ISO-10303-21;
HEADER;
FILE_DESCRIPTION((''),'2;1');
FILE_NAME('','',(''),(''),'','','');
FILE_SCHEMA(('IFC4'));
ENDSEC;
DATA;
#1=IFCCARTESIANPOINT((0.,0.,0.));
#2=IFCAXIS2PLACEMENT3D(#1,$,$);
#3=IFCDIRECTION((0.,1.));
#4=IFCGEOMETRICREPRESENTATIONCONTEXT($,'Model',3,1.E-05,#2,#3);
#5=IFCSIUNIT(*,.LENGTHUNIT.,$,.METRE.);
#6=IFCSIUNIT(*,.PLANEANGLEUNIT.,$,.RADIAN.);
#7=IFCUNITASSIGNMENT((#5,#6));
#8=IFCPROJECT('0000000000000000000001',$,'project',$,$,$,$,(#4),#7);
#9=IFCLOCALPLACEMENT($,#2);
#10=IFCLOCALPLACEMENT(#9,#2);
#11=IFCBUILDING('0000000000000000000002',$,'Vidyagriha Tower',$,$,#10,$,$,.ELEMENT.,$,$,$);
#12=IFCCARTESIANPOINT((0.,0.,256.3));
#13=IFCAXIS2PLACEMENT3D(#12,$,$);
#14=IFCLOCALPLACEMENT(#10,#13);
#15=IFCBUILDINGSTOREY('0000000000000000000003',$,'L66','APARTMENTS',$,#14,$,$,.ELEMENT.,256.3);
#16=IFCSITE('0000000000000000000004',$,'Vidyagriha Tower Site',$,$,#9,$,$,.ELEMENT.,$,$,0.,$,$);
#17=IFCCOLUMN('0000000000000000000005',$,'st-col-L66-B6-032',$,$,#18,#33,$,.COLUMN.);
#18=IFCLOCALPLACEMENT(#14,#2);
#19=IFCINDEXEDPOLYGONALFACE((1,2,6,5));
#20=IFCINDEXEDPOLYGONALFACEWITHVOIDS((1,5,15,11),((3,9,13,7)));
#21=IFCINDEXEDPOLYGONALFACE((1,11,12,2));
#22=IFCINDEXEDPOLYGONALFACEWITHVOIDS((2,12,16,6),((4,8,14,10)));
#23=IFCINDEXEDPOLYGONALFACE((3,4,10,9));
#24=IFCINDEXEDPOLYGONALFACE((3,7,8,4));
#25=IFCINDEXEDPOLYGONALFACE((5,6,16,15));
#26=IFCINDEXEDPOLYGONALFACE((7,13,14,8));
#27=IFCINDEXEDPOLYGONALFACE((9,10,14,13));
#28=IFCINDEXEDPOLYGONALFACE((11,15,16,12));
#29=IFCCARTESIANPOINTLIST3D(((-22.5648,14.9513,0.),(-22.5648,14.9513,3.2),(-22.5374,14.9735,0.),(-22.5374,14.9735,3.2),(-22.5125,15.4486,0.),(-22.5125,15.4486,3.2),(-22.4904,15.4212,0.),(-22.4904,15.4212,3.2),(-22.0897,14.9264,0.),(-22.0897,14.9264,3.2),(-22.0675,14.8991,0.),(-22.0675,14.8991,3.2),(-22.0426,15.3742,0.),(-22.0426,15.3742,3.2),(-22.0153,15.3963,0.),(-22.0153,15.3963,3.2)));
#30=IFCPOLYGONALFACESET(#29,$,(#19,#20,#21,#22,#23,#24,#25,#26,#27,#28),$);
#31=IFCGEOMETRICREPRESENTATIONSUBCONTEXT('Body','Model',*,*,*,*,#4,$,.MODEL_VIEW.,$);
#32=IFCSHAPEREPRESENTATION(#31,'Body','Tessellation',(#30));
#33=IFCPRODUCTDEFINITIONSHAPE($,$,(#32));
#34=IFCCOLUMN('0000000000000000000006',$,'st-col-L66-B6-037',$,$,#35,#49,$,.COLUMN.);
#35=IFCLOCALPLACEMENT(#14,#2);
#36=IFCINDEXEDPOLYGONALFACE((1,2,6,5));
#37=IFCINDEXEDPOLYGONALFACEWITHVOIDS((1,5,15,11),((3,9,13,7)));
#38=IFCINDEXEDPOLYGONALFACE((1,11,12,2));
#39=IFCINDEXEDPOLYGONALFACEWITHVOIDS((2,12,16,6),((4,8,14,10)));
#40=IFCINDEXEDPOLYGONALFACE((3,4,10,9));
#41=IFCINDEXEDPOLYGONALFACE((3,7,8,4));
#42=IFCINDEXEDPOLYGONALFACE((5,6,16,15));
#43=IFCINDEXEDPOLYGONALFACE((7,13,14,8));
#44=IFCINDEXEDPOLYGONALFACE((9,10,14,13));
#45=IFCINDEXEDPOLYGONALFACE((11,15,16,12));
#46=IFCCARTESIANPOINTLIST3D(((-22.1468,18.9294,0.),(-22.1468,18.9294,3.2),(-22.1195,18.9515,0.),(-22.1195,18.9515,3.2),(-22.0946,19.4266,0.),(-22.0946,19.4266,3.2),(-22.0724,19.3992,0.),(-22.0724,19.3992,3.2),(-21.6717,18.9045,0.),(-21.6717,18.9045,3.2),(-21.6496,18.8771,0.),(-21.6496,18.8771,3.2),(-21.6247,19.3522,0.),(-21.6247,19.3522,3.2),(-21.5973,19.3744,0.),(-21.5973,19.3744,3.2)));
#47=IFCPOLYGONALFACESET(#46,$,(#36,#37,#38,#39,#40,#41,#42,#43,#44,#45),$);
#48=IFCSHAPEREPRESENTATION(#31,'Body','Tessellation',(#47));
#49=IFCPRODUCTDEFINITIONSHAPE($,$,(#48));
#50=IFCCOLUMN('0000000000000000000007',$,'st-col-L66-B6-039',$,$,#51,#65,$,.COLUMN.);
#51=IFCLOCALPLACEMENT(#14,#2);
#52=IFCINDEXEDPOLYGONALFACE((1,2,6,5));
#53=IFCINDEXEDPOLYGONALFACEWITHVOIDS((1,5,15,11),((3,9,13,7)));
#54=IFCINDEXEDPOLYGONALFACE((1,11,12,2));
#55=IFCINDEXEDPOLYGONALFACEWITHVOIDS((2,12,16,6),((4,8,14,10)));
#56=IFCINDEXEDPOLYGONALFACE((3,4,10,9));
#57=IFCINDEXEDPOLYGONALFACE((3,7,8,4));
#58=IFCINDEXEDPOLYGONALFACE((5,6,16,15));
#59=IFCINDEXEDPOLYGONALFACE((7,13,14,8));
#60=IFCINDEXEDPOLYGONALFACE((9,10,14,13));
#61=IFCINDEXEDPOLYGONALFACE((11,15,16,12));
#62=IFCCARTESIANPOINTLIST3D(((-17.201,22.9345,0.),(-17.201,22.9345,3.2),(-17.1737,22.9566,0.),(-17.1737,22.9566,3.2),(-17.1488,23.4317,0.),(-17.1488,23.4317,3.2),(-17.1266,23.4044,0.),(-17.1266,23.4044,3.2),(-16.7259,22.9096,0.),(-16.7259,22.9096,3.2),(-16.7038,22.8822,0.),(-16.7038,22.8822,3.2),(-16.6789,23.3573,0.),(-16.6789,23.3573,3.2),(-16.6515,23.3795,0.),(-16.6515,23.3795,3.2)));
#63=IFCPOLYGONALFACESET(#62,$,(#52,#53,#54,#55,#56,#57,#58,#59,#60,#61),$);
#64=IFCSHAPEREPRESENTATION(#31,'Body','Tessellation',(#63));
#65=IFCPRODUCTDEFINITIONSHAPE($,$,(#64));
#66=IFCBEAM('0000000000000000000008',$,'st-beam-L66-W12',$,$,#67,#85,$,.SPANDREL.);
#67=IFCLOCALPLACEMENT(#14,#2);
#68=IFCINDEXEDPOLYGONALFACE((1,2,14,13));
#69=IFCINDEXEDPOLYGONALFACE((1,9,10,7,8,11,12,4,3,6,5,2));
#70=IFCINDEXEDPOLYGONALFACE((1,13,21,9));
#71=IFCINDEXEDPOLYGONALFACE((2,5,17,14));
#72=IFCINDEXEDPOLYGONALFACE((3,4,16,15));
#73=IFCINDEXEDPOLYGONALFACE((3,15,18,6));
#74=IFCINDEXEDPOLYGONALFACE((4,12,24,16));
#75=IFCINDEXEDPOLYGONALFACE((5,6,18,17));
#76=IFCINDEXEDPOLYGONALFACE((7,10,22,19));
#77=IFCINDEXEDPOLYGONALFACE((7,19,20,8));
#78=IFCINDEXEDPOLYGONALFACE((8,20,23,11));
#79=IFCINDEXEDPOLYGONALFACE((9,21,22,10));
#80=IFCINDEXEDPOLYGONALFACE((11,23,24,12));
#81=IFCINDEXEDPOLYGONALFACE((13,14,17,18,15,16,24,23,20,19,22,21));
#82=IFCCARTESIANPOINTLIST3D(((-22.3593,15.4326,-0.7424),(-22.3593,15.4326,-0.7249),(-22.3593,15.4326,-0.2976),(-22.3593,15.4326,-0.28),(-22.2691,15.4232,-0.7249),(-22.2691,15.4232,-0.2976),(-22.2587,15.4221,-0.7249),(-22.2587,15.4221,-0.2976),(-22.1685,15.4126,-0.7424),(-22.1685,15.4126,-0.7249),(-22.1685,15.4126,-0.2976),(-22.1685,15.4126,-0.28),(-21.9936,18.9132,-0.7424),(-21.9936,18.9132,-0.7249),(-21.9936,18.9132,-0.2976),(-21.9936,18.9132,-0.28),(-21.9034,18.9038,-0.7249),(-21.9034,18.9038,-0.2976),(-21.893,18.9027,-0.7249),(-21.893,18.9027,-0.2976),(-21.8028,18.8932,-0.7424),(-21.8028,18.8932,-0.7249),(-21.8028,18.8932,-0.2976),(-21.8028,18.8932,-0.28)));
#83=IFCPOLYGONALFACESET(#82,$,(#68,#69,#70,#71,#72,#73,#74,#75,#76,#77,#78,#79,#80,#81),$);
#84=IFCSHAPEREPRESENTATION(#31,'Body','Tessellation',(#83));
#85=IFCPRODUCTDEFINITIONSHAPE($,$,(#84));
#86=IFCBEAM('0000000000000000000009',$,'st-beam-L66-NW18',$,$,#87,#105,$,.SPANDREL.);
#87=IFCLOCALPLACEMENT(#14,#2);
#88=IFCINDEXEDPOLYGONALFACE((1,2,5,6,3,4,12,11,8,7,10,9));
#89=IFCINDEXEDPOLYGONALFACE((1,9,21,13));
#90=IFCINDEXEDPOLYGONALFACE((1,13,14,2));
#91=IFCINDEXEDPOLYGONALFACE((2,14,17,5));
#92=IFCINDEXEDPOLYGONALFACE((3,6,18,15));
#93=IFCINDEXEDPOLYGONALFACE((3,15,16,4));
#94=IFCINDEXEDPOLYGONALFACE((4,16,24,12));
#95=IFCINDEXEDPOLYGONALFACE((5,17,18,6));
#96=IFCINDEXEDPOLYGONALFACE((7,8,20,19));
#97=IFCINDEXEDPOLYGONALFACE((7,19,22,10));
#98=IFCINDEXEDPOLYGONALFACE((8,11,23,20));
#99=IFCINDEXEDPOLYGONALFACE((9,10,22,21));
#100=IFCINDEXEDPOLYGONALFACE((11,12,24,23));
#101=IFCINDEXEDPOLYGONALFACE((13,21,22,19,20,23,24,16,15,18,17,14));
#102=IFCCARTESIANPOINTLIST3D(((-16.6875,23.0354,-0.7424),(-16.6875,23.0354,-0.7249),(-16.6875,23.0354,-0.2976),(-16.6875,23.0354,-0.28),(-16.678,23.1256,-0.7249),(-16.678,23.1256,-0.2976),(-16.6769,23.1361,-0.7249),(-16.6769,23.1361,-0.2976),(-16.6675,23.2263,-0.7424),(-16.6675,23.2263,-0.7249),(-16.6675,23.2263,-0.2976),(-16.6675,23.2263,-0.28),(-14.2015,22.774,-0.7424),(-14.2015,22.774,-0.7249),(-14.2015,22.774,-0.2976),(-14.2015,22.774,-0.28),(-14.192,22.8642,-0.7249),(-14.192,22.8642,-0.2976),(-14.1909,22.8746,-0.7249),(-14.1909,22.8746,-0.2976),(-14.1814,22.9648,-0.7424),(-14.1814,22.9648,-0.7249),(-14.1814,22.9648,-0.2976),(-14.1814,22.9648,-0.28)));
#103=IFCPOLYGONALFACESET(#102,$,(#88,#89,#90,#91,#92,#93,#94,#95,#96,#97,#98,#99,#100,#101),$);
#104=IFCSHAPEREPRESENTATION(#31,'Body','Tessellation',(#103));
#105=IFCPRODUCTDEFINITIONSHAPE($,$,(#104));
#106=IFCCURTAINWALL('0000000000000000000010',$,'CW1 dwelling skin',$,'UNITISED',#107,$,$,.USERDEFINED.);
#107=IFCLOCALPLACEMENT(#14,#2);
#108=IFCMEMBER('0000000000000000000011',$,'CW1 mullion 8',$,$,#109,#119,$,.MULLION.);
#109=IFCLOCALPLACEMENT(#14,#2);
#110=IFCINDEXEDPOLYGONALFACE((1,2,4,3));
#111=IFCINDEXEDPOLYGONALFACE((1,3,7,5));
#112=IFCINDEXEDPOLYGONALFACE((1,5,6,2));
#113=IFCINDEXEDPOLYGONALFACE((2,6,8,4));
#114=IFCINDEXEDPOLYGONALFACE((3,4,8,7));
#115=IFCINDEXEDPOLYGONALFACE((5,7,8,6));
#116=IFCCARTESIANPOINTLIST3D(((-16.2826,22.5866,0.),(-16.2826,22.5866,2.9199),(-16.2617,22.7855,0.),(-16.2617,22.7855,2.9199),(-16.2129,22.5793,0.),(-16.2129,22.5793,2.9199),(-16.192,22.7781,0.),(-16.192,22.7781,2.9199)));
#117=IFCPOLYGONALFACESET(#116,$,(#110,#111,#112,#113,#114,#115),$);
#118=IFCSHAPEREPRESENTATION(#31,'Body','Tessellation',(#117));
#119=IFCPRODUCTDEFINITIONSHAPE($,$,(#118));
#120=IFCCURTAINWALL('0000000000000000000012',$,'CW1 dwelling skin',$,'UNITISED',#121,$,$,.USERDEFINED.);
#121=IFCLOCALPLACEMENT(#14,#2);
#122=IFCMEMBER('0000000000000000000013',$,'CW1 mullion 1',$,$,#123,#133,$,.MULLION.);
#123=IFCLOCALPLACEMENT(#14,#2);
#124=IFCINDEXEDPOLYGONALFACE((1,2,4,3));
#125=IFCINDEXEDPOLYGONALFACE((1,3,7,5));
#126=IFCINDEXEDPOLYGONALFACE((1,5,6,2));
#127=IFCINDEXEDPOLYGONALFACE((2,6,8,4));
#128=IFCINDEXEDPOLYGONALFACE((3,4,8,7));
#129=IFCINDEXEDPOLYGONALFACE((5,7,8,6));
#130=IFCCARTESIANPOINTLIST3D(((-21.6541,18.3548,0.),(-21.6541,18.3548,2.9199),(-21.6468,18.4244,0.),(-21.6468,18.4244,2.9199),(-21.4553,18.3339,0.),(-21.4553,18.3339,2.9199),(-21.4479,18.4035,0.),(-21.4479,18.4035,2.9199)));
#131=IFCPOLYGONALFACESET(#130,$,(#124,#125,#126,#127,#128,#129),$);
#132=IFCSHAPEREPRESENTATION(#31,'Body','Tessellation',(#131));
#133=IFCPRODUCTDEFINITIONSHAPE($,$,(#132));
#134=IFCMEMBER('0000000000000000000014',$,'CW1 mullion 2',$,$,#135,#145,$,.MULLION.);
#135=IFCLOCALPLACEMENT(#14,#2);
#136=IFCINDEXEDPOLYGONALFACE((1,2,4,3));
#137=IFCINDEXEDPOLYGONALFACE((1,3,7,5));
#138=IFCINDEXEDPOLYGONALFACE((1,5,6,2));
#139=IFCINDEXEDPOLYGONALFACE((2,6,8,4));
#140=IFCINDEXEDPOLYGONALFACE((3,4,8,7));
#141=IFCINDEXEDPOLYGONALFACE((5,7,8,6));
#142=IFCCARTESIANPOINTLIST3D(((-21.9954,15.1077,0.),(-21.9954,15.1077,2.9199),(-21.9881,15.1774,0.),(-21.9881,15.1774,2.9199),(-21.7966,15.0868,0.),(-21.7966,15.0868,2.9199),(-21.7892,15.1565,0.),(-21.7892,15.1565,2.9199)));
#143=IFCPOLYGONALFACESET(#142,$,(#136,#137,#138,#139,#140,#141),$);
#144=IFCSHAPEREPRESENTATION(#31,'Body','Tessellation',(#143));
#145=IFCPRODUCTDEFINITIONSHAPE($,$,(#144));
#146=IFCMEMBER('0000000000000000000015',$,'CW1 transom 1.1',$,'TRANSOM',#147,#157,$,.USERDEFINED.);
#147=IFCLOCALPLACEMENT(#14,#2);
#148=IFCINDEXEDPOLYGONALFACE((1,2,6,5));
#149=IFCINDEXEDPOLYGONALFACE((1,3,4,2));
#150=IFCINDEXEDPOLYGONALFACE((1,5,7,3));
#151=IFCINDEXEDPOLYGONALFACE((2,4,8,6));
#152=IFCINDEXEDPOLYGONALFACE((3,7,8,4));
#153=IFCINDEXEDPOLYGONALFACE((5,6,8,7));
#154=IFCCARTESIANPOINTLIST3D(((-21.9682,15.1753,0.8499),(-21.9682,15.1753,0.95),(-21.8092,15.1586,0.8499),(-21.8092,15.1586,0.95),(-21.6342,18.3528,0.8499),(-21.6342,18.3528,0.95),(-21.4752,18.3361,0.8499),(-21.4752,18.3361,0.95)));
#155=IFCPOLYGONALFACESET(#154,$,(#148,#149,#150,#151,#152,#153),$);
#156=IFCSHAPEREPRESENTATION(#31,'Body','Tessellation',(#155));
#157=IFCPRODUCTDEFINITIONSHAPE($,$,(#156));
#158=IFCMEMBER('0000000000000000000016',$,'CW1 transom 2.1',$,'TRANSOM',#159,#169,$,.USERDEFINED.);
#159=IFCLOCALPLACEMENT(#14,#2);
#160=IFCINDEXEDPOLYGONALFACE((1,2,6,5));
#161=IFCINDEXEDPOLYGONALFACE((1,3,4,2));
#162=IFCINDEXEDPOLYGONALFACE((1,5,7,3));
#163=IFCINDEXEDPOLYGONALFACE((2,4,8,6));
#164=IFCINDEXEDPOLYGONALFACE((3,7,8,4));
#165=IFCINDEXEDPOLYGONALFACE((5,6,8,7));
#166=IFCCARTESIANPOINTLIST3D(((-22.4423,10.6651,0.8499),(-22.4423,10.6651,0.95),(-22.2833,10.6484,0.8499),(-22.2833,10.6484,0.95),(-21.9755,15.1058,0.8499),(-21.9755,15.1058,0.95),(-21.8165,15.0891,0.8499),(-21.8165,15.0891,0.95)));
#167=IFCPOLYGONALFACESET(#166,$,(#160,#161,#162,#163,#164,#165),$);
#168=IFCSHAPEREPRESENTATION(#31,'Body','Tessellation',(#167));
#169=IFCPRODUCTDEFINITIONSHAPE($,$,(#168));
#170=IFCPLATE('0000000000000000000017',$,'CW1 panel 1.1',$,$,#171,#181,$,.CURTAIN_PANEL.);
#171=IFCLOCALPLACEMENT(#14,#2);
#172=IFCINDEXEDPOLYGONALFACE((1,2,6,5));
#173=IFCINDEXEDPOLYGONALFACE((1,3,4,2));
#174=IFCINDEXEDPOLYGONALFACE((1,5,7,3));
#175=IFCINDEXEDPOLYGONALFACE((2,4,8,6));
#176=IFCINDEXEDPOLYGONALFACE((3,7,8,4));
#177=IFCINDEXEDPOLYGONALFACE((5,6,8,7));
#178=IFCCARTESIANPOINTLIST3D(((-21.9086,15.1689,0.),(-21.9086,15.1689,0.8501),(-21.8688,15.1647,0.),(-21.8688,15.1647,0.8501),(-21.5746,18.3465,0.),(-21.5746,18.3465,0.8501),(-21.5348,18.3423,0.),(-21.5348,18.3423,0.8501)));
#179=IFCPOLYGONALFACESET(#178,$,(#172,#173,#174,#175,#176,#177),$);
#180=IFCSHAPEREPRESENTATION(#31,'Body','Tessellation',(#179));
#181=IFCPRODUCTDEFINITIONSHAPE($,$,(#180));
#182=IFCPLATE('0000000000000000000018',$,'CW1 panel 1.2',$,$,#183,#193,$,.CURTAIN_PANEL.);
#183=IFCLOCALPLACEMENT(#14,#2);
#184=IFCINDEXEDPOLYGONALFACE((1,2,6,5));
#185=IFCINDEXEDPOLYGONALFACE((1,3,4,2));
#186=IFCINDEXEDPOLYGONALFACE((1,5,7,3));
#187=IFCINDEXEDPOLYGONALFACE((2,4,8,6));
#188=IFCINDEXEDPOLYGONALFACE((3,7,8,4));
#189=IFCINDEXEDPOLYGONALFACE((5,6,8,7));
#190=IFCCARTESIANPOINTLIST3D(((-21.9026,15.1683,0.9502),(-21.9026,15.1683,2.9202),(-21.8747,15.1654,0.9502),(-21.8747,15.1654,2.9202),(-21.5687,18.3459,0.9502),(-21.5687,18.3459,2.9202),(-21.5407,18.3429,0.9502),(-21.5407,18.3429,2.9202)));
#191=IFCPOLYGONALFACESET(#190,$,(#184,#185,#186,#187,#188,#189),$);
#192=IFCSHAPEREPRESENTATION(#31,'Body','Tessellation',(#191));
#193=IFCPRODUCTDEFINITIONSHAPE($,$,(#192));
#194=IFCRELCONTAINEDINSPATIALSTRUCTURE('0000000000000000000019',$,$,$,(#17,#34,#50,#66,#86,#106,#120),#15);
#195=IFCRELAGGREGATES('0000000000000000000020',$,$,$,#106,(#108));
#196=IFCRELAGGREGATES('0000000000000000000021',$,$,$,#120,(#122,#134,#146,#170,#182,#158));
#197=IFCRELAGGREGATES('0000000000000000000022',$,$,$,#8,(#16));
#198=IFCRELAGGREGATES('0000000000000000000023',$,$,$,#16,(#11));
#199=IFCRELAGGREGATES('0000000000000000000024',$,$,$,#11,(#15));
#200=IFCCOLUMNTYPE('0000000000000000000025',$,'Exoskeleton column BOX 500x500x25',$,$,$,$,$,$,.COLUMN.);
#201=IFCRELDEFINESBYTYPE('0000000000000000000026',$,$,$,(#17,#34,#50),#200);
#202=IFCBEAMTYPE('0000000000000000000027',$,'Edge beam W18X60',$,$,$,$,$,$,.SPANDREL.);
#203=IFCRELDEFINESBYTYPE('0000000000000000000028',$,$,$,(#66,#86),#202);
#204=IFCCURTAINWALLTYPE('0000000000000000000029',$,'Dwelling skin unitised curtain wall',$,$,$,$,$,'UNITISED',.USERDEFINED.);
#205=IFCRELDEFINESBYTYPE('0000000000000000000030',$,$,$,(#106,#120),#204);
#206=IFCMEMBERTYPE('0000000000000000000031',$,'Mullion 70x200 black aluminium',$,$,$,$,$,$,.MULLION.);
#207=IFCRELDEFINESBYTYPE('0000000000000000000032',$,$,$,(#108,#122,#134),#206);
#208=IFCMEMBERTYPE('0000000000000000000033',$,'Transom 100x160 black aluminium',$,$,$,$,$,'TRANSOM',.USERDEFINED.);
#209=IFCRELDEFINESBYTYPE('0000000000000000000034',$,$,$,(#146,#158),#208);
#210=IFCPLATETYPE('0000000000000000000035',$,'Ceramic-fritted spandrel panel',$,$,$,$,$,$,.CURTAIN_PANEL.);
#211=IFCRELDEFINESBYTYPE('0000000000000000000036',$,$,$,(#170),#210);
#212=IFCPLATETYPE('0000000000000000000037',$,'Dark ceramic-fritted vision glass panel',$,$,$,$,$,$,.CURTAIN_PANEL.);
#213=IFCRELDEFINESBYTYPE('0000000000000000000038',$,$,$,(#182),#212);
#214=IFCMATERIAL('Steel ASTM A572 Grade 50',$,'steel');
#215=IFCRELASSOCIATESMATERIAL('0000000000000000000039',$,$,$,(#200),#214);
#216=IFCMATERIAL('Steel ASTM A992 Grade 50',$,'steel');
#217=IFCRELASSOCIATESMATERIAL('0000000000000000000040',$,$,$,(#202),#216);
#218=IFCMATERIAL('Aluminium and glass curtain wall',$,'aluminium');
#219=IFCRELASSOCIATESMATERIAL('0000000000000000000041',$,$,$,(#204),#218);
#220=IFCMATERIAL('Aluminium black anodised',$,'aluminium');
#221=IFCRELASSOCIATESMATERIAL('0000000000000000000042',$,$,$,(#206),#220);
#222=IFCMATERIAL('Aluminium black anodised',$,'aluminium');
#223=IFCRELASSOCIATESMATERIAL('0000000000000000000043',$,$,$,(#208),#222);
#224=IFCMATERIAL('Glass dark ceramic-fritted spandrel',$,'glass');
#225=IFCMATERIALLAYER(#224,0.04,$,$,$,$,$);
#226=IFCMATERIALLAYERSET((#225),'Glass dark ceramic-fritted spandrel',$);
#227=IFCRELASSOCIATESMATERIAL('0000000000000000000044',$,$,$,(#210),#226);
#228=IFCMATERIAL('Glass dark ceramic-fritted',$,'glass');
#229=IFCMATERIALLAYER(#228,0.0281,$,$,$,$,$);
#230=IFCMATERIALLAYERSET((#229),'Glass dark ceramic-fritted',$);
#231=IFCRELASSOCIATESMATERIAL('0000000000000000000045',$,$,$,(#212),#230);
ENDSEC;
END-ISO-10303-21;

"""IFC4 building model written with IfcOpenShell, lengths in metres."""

from ifc_helpers import new_model, si_unit, direction, frame, origin, origin_2d, place, context, subcontext, project, spatial, rectangle, hollow_rectangle, i_section, extrude, material, layer, layer_set, material_profile, profile_set, type_object, element, aggregate, save


model = new_model("IFC4")

# Units and contexts
model_context = context("Model", 3, precision=1e-05, world=origin(), true_north=direction((0.0, 1.0)))
body_context = subcontext(model_context, "Body", "Model", "MODEL_VIEW")
ifc_project = project(units=[si_unit("LENGTHUNIT", "METRE"), si_unit("PLANEANGLEUNIT", "RADIAN")], contexts=[model_context])

# Site, building, storey
site_placement = place(None, origin())
site = spatial("IfcSite", under=ifc_project, at=site_placement, Name="Vidyagriha Tower Site", CompositionType="ELEMENT", RefElevation=0.0)
building_placement = place(site_placement, origin())
building = spatial("IfcBuilding", under=site, at=building_placement, Name="Vidyagriha Tower", CompositionType="ELEMENT")
storey_placement = place(building_placement, frame((0.0, 0.0, 256.3)))
storey = spatial("IfcBuildingStorey", under=building, at=storey_placement, Name="L66", Description="APARTMENTS", CompositionType="ELEMENT", Elevation=256.3)

# Columns
ifc_material_1 = material(Name="Steel ASTM A572 Grade 50", Category="steel")
ifc_material_profile_1 = material_profile(ifc_material_1, hollow_rectangle(XDim=0.5, YDim=0.5, WallThickness=0.0249, at=origin_2d()), Name="BOX 500x500x25")
ifc_profile_set_1 = profile_set([ifc_material_profile_1], Name="Steel ASTM A572 Grade 50")
column_type = type_object("IfcColumnType", Name="Exoskeleton column BOX 500x500x25", PredefinedType="COLUMN", material=ifc_profile_set_1)
for number, where, z_axis, x_axis, name in (
    (1, (-22.29, 15.1738, 0.0), (0.0, 0.0, 1.0), (0.994522, -0.104528, 0.0), "st-col-L66-B6-032"),
    (2, (-21.8721, 19.1519, 0.0), (0.0, 0.0, 1.0), (0.994522, -0.104528, 0.0), "st-col-L66-B6-037"),
    (3, (-16.9263, 23.157, 0.0), (0.0, 0.0, 1.0), (0.994522, -0.104528, 0.0), "st-col-L66-B6-039"),
):
    element("IfcColumn", number, at=place(storey_placement, frame(where, z_axis=z_axis, x_axis=x_axis)), inside=storey, type_object=column_type, Name=name, PredefinedType="COLUMN", context=body_context, shape_type="SweptSolid", body=[
        extrude(hollow_rectangle(XDim=0.5, YDim=0.5, WallThickness=0.0249, at=origin_2d()), origin(), (0.0, 0.0, 1.0), 3.2),
    ])

# Beams
ifc_material_2 = material(Name="Steel ASTM A992 Grade 50", Category="steel")
ifc_material_profile_2 = material_profile(ifc_material_2, i_section(OverallWidth=0.1919, OverallDepth=0.4624, WebThickness=0.0105, FlangeThickness=0.0176, at=origin_2d()), Name="W18X60")
ifc_profile_set_2 = profile_set([ifc_material_profile_2], Name="Steel ASTM A992 Grade 50")
beam_type = type_object("IfcBeamType", Name="Edge beam W18X60", PredefinedType="SPANDREL", material=ifc_profile_set_2)
beam_1_placement = place(storey_placement, frame((-22.2639, 15.4226, -0.5112), z_axis=(0.104496, 0.994525, 0.0), x_axis=(-0.994525, 0.104496, 0.0)))
element("IfcBeam", 4, at=beam_1_placement, inside=storey, type_object=beam_type, Name="st-beam-L66-W12", PredefinedType="SPANDREL", context=body_context, shape_type="SweptSolid", body=[
    extrude(i_section(OverallWidth=0.1919, OverallDepth=0.4624, WebThickness=0.0105, FlangeThickness=0.0176, at=origin_2d()), origin(), (0.0, 0.0, 1.0), 3.4998),
])
beam_2_placement = place(storey_placement, frame((-16.6775, 23.1309, -0.5112), z_axis=(0.994515, -0.104598, 0.0), x_axis=(0.104598, 0.994515, 0.0)))
element("IfcBeam", 5, at=beam_2_placement, inside=storey, type_object=beam_type, Name="st-beam-L66-NW18", PredefinedType="SPANDREL", context=body_context, shape_type="SweptSolid", body=[
    extrude(i_section(OverallWidth=0.1919, OverallDepth=0.4624, WebThickness=0.0105, FlangeThickness=0.0176, at=origin_2d()), origin(), (0.0, 0.0, 1.0), 2.4998),
])

# Curtain wall, member
ifc_material_3 = material(Name="Aluminium and glass curtain wall", Category="aluminium")
curtain_wall_type = type_object("IfcCurtainWallType", Name="Dwelling skin unitised curtain wall", ElementType="UNITISED", PredefinedType="USERDEFINED", material=ifc_material_3)
curtain_wall_1_placement = place(storey_placement, origin())
curtain_wall_1 = element("IfcCurtainWall", 6, at=curtain_wall_1_placement, inside=storey, type_object=curtain_wall_type, Name="CW1 dwelling skin", ObjectType="UNITISED", PredefinedType="USERDEFINED")
ifc_material_4 = material(Name="Aluminium black anodised", Category="aluminium")
ifc_material_profile_3 = material_profile(ifc_material_4, rectangle(XDim=0.2, YDim=0.0701, at=origin_2d()), Name="Mullion 70x200 black aluminium")
ifc_profile_set_3 = profile_set([ifc_material_profile_3], Name="Aluminium black anodised")
member_type_1 = type_object("IfcMemberType", Name="Mullion 70x200 black aluminium", PredefinedType="MULLION", material=ifc_profile_set_3)
member_1_placement = place(storey_placement, frame((-16.2373, 22.6824, 0.0), z_axis=(0.0, 0.0, 1.0), x_axis=(-0.104529, -0.994522, 0.0)))
member_1 = element("IfcMember", 7, at=member_1_placement, type_object=member_type_1, Name="CW1 mullion 8", PredefinedType="MULLION", context=body_context, shape_type="SweptSolid", body=[
    extrude(rectangle(XDim=0.2, YDim=0.0701, at=origin_2d()), origin(), (0.0, 0.0, 1.0), 2.9199),
])
aggregate(curtain_wall_1, [member_1])

# Curtain wall, members, plates
curtain_wall_2_placement = place(storey_placement, origin())
curtain_wall_2 = element("IfcCurtainWall", 8, at=curtain_wall_2_placement, inside=storey, type_object=curtain_wall_type, Name="CW1 dwelling skin", ObjectType="UNITISED", PredefinedType="USERDEFINED")
member_2_placement = place(storey_placement, frame((-21.551, 18.3792, 0.0), z_axis=(0.0, 0.0, 1.0), x_axis=(0.994522, -0.104525, 0.0)))
member_2 = element("IfcMember", 9, at=member_2_placement, type_object=member_type_1, Name="CW1 mullion 1", PredefinedType="MULLION", context=body_context, shape_type="SweptSolid", body=[
    extrude(rectangle(XDim=0.2, YDim=0.0701, at=origin_2d()), origin(), (0.0, 0.0, 1.0), 2.9199),
])
member_3_placement = place(storey_placement, frame((-21.8923, 15.1321, 0.0), z_axis=(0.0, 0.0, 1.0), x_axis=(0.994522, -0.104525, 0.0)))
member_3 = element("IfcMember", 10, at=member_3_placement, type_object=member_type_1, Name="CW1 mullion 2", PredefinedType="MULLION", context=body_context, shape_type="SweptSolid", body=[
    extrude(rectangle(XDim=0.2, YDim=0.0701, at=origin_2d()), origin(), (0.0, 0.0, 1.0), 2.9199),
])
ifc_material_5 = material(Name="Aluminium black anodised", Category="aluminium")
ifc_material_profile_4 = material_profile(ifc_material_5, rectangle(XDim=0.1599, YDim=0.1001, at=origin_2d()), Name="Transom 100x160 black aluminium")
ifc_profile_set_4 = profile_set([ifc_material_profile_4], Name="Aluminium black anodised")
member_type_2 = type_object("IfcMemberType", Name="Transom 100x160 black aluminium", ElementType="TRANSOM", PredefinedType="USERDEFINED", material=ifc_profile_set_4)
member_4_placement = place(storey_placement, frame((-21.5547, 18.3445, 0.8999), z_axis=(-0.104534, -0.994521, 0.0), x_axis=(0.994521, -0.104534, 0.0)))
member_4 = element("IfcMember", 11, at=member_4_placement, type_object=member_type_2, Name="CW1 transom 1.1", ObjectType="TRANSOM", PredefinedType="USERDEFINED", context=body_context, shape_type="SweptSolid", body=[
    extrude(rectangle(XDim=0.1599, YDim=0.1001, at=origin_2d()), origin(), (0.0, 0.0, 1.0), 3.1951),
])
member_5_placement = place(storey_placement, frame((-21.896, 15.0974, 0.8999), z_axis=(-0.104542, -0.99452, 0.0), x_axis=(0.99452, -0.104542, 0.0)))
member_5 = element("IfcMember", 12, at=member_5_placement, type_object=member_type_2, Name="CW1 transom 2.1", ObjectType="TRANSOM", PredefinedType="USERDEFINED", context=body_context, shape_type="SweptSolid", body=[
    extrude(rectangle(XDim=0.1599, YDim=0.1001, at=origin_2d()), origin(), (0.0, 0.0, 1.0), 4.4651),
])
ifc_material_6 = material(Name="Glass dark ceramic-fritted spandrel", Category="glass")
ifc_layer_1 = layer(ifc_material_6, 0.04)
ifc_layer_set_1 = layer_set([ifc_layer_1], Name="Glass dark ceramic-fritted spandrel")
plate_type_1 = type_object("IfcPlateType", Name="Ceramic-fritted spandrel panel", PredefinedType="CURTAIN_PANEL", material=ifc_layer_set_1)
plate_1_placement = place(storey_placement, frame((-21.7217, 16.7556, 0.0), z_axis=(0.0, 0.0, 1.0), x_axis=(-0.104525, -0.994522, 0.0)))
plate_1 = element("IfcPlate", 13, at=plate_1_placement, type_object=plate_type_1, Name="CW1 panel 1.1", PredefinedType="CURTAIN_PANEL", context=body_context, shape_type="SweptSolid", body=[
    extrude(rectangle(XDim=3.1951, YDim=0.04, at=origin_2d()), origin(), (0.0, 0.0, 1.0), 0.8501),
])
ifc_material_7 = material(Name="Glass dark ceramic-fritted", Category="glass")
ifc_layer_2 = layer(ifc_material_7, 0.0281)
ifc_layer_set_2 = layer_set([ifc_layer_2], Name="Glass dark ceramic-fritted")
plate_type_2 = type_object("IfcPlateType", Name="Dark ceramic-fritted vision glass panel", PredefinedType="CURTAIN_PANEL", material=ifc_layer_set_2)
plate_2_placement = place(storey_placement, frame((-21.7217, 16.7556, 0.9502), z_axis=(0.0, 0.0, 1.0), x_axis=(-0.104525, -0.994522, 0.0)))
plate_2 = element("IfcPlate", 14, at=plate_2_placement, type_object=plate_type_2, Name="CW1 panel 1.2", PredefinedType="CURTAIN_PANEL", context=body_context, shape_type="SweptSolid", body=[
    extrude(rectangle(XDim=3.1951, YDim=0.0281, at=origin_2d()), origin(), (0.0, 0.0, 1.0), 1.97),
])
aggregate(curtain_wall_2, [member_2, member_3, member_4, plate_1, plate_2, member_5])

save(model, "model.ifc")
